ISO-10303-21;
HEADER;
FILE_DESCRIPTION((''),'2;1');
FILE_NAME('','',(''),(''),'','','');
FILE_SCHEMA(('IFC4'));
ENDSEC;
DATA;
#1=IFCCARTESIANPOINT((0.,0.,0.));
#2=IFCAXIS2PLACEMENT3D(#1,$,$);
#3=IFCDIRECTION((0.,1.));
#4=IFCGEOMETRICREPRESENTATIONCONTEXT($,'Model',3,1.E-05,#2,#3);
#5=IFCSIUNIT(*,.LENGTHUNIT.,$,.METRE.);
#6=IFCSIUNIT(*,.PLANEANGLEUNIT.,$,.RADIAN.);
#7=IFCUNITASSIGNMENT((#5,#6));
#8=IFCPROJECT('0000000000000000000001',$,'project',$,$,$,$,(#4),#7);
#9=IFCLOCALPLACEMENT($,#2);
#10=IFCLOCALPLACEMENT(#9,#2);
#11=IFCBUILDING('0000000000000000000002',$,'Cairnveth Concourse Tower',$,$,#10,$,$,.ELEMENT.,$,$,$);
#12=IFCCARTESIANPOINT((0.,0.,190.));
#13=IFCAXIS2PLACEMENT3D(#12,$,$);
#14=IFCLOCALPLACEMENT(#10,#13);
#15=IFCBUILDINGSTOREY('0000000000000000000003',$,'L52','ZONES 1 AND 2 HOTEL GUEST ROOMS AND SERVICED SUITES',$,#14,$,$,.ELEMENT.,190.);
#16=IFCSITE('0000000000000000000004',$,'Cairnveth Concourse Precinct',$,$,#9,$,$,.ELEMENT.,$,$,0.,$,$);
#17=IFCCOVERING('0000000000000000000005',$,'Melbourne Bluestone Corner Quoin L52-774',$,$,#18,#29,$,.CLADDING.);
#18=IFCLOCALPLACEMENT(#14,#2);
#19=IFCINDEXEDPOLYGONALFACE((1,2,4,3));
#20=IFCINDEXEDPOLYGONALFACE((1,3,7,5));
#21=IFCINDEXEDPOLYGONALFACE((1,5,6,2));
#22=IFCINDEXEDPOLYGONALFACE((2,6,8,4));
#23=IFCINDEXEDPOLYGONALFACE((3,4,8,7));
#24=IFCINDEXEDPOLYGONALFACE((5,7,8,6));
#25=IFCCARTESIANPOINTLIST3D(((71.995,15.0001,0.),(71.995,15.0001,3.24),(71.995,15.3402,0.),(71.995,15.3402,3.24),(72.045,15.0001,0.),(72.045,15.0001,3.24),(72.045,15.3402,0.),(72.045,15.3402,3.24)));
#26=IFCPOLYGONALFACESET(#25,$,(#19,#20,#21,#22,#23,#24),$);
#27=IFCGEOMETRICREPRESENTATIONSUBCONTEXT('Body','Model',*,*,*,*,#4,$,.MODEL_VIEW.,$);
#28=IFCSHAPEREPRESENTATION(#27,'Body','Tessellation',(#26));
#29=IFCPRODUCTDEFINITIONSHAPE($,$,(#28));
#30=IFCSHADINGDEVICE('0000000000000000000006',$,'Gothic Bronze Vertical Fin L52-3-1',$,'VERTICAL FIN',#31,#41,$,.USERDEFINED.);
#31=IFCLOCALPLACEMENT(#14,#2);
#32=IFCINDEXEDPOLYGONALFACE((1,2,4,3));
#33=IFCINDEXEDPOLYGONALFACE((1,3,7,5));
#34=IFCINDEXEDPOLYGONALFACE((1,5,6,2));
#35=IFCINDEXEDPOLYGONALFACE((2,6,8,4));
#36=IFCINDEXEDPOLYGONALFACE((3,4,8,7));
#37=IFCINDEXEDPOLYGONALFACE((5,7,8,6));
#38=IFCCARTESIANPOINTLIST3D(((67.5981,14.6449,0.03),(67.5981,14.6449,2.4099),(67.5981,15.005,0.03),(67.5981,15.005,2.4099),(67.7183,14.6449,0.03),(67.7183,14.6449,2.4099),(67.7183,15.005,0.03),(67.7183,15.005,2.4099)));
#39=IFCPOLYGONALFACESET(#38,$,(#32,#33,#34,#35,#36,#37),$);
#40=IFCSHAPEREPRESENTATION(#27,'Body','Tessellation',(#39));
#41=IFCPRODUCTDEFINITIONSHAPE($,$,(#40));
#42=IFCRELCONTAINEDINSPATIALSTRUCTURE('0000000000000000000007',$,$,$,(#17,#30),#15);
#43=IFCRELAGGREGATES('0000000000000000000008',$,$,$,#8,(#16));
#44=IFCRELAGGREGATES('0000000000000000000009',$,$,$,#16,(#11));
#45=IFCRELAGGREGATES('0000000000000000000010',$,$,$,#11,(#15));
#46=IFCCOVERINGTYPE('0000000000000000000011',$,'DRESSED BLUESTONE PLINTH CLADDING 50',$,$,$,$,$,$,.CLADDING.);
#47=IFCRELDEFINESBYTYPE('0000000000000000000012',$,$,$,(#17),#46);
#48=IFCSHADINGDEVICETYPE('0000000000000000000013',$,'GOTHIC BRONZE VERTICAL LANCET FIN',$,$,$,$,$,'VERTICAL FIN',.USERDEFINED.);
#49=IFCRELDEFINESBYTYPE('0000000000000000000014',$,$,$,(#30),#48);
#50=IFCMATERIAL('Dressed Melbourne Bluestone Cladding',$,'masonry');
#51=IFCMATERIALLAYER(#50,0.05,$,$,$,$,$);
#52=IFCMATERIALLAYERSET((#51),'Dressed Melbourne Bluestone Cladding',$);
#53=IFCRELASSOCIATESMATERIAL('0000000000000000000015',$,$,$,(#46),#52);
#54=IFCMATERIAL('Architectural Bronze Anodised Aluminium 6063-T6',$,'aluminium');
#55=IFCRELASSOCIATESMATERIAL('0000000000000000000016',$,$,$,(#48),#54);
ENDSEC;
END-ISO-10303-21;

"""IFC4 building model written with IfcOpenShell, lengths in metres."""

from ifc_helpers import new_model, si_unit, direction, frame, frame_2d, origin, origin_2d, place, context, subcontext, project, spatial, rectangle, extrude, material, layer, layer_set, type_object, element, save


model = new_model("IFC4")

# Units and contexts
model_context = context("Model", 3, precision=1e-05, world=origin(), true_north=direction((0.0, 1.0)))
body_context = subcontext(model_context, "Body", "Model", "MODEL_VIEW")
ifc_project = project(units=[si_unit("LENGTHUNIT", "METRE"), si_unit("PLANEANGLEUNIT", "RADIAN")], contexts=[model_context])

# Site, building, storey
site_placement = place(None, origin())
site = spatial("IfcSite", under=ifc_project, at=site_placement, Name="Cairnveth Concourse Precinct", CompositionType="ELEMENT", RefElevation=0.0)
building_placement = place(site_placement, origin())
building = spatial("IfcBuilding", under=site, at=building_placement, Name="Cairnveth Concourse Tower", CompositionType="ELEMENT")
storey_placement = place(building_placement, frame((0.0, 0.0, 190.0)))
storey = spatial("IfcBuildingStorey", under=building, at=storey_placement, Name="L52", Description="ZONES 1 AND 2 HOTEL GUEST ROOMS AND SERVICED SUITES", CompositionType="ELEMENT", Elevation=190.0)

# Covering
ifc_material_1 = material(Name="Dressed Melbourne Bluestone Cladding", Category="masonry")
ifc_layer_1 = layer(ifc_material_1, 0.05)
ifc_layer_set_1 = layer_set([ifc_layer_1], Name="Dressed Melbourne Bluestone Cladding")
covering_type = type_object("IfcCoveringType", Name="DRESSED BLUESTONE PLINTH CLADDING 50", PredefinedType="CLADDING", material=ifc_layer_set_1)
covering_placement = place(storey_placement, frame((72.02, 15.3401, 0.0), z_axis=(0.0, 0.0, 1.0), x_axis=(0.0, -1.0, 0.0)))
element("IfcCovering", 1, at=covering_placement, inside=storey, type_object=covering_type, Name="Melbourne Bluestone Corner Quoin L52-774", PredefinedType="CLADDING", context=body_context, shape_type="SweptSolid", body=[
    extrude(rectangle(XDim=0.3401, YDim=0.05, at=frame_2d((0.1699, 0.0))), origin(), (0.0, 0.0, 1.0), 3.24),
])

# Shading device
ifc_material_2 = material(Name="Architectural Bronze Anodised Aluminium 6063-T6", Category="aluminium")
shading_device_type = type_object("IfcShadingDeviceType", Name="GOTHIC BRONZE VERTICAL LANCET FIN", ElementType="VERTICAL FIN", PredefinedType="USERDEFINED", material=ifc_material_2)
shading_device_placement = place(storey_placement, frame((67.6582, 14.825, 0.03), z_axis=(0.0, 0.0, 1.0), x_axis=(1.0, 0.0, 0.0)))
element("IfcShadingDevice", 2, at=shading_device_placement, inside=storey, type_object=shading_device_type, Name="Gothic Bronze Vertical Fin L52-3-1", ObjectType="VERTICAL FIN", PredefinedType="USERDEFINED", context=body_context, shape_type="SweptSolid", body=[
    extrude(rectangle(XDim=0.1201, YDim=0.3601, at=origin_2d()), origin(), (0.0, 0.0, 1.0), 2.3799),
])

save(model, "model.ifc")
